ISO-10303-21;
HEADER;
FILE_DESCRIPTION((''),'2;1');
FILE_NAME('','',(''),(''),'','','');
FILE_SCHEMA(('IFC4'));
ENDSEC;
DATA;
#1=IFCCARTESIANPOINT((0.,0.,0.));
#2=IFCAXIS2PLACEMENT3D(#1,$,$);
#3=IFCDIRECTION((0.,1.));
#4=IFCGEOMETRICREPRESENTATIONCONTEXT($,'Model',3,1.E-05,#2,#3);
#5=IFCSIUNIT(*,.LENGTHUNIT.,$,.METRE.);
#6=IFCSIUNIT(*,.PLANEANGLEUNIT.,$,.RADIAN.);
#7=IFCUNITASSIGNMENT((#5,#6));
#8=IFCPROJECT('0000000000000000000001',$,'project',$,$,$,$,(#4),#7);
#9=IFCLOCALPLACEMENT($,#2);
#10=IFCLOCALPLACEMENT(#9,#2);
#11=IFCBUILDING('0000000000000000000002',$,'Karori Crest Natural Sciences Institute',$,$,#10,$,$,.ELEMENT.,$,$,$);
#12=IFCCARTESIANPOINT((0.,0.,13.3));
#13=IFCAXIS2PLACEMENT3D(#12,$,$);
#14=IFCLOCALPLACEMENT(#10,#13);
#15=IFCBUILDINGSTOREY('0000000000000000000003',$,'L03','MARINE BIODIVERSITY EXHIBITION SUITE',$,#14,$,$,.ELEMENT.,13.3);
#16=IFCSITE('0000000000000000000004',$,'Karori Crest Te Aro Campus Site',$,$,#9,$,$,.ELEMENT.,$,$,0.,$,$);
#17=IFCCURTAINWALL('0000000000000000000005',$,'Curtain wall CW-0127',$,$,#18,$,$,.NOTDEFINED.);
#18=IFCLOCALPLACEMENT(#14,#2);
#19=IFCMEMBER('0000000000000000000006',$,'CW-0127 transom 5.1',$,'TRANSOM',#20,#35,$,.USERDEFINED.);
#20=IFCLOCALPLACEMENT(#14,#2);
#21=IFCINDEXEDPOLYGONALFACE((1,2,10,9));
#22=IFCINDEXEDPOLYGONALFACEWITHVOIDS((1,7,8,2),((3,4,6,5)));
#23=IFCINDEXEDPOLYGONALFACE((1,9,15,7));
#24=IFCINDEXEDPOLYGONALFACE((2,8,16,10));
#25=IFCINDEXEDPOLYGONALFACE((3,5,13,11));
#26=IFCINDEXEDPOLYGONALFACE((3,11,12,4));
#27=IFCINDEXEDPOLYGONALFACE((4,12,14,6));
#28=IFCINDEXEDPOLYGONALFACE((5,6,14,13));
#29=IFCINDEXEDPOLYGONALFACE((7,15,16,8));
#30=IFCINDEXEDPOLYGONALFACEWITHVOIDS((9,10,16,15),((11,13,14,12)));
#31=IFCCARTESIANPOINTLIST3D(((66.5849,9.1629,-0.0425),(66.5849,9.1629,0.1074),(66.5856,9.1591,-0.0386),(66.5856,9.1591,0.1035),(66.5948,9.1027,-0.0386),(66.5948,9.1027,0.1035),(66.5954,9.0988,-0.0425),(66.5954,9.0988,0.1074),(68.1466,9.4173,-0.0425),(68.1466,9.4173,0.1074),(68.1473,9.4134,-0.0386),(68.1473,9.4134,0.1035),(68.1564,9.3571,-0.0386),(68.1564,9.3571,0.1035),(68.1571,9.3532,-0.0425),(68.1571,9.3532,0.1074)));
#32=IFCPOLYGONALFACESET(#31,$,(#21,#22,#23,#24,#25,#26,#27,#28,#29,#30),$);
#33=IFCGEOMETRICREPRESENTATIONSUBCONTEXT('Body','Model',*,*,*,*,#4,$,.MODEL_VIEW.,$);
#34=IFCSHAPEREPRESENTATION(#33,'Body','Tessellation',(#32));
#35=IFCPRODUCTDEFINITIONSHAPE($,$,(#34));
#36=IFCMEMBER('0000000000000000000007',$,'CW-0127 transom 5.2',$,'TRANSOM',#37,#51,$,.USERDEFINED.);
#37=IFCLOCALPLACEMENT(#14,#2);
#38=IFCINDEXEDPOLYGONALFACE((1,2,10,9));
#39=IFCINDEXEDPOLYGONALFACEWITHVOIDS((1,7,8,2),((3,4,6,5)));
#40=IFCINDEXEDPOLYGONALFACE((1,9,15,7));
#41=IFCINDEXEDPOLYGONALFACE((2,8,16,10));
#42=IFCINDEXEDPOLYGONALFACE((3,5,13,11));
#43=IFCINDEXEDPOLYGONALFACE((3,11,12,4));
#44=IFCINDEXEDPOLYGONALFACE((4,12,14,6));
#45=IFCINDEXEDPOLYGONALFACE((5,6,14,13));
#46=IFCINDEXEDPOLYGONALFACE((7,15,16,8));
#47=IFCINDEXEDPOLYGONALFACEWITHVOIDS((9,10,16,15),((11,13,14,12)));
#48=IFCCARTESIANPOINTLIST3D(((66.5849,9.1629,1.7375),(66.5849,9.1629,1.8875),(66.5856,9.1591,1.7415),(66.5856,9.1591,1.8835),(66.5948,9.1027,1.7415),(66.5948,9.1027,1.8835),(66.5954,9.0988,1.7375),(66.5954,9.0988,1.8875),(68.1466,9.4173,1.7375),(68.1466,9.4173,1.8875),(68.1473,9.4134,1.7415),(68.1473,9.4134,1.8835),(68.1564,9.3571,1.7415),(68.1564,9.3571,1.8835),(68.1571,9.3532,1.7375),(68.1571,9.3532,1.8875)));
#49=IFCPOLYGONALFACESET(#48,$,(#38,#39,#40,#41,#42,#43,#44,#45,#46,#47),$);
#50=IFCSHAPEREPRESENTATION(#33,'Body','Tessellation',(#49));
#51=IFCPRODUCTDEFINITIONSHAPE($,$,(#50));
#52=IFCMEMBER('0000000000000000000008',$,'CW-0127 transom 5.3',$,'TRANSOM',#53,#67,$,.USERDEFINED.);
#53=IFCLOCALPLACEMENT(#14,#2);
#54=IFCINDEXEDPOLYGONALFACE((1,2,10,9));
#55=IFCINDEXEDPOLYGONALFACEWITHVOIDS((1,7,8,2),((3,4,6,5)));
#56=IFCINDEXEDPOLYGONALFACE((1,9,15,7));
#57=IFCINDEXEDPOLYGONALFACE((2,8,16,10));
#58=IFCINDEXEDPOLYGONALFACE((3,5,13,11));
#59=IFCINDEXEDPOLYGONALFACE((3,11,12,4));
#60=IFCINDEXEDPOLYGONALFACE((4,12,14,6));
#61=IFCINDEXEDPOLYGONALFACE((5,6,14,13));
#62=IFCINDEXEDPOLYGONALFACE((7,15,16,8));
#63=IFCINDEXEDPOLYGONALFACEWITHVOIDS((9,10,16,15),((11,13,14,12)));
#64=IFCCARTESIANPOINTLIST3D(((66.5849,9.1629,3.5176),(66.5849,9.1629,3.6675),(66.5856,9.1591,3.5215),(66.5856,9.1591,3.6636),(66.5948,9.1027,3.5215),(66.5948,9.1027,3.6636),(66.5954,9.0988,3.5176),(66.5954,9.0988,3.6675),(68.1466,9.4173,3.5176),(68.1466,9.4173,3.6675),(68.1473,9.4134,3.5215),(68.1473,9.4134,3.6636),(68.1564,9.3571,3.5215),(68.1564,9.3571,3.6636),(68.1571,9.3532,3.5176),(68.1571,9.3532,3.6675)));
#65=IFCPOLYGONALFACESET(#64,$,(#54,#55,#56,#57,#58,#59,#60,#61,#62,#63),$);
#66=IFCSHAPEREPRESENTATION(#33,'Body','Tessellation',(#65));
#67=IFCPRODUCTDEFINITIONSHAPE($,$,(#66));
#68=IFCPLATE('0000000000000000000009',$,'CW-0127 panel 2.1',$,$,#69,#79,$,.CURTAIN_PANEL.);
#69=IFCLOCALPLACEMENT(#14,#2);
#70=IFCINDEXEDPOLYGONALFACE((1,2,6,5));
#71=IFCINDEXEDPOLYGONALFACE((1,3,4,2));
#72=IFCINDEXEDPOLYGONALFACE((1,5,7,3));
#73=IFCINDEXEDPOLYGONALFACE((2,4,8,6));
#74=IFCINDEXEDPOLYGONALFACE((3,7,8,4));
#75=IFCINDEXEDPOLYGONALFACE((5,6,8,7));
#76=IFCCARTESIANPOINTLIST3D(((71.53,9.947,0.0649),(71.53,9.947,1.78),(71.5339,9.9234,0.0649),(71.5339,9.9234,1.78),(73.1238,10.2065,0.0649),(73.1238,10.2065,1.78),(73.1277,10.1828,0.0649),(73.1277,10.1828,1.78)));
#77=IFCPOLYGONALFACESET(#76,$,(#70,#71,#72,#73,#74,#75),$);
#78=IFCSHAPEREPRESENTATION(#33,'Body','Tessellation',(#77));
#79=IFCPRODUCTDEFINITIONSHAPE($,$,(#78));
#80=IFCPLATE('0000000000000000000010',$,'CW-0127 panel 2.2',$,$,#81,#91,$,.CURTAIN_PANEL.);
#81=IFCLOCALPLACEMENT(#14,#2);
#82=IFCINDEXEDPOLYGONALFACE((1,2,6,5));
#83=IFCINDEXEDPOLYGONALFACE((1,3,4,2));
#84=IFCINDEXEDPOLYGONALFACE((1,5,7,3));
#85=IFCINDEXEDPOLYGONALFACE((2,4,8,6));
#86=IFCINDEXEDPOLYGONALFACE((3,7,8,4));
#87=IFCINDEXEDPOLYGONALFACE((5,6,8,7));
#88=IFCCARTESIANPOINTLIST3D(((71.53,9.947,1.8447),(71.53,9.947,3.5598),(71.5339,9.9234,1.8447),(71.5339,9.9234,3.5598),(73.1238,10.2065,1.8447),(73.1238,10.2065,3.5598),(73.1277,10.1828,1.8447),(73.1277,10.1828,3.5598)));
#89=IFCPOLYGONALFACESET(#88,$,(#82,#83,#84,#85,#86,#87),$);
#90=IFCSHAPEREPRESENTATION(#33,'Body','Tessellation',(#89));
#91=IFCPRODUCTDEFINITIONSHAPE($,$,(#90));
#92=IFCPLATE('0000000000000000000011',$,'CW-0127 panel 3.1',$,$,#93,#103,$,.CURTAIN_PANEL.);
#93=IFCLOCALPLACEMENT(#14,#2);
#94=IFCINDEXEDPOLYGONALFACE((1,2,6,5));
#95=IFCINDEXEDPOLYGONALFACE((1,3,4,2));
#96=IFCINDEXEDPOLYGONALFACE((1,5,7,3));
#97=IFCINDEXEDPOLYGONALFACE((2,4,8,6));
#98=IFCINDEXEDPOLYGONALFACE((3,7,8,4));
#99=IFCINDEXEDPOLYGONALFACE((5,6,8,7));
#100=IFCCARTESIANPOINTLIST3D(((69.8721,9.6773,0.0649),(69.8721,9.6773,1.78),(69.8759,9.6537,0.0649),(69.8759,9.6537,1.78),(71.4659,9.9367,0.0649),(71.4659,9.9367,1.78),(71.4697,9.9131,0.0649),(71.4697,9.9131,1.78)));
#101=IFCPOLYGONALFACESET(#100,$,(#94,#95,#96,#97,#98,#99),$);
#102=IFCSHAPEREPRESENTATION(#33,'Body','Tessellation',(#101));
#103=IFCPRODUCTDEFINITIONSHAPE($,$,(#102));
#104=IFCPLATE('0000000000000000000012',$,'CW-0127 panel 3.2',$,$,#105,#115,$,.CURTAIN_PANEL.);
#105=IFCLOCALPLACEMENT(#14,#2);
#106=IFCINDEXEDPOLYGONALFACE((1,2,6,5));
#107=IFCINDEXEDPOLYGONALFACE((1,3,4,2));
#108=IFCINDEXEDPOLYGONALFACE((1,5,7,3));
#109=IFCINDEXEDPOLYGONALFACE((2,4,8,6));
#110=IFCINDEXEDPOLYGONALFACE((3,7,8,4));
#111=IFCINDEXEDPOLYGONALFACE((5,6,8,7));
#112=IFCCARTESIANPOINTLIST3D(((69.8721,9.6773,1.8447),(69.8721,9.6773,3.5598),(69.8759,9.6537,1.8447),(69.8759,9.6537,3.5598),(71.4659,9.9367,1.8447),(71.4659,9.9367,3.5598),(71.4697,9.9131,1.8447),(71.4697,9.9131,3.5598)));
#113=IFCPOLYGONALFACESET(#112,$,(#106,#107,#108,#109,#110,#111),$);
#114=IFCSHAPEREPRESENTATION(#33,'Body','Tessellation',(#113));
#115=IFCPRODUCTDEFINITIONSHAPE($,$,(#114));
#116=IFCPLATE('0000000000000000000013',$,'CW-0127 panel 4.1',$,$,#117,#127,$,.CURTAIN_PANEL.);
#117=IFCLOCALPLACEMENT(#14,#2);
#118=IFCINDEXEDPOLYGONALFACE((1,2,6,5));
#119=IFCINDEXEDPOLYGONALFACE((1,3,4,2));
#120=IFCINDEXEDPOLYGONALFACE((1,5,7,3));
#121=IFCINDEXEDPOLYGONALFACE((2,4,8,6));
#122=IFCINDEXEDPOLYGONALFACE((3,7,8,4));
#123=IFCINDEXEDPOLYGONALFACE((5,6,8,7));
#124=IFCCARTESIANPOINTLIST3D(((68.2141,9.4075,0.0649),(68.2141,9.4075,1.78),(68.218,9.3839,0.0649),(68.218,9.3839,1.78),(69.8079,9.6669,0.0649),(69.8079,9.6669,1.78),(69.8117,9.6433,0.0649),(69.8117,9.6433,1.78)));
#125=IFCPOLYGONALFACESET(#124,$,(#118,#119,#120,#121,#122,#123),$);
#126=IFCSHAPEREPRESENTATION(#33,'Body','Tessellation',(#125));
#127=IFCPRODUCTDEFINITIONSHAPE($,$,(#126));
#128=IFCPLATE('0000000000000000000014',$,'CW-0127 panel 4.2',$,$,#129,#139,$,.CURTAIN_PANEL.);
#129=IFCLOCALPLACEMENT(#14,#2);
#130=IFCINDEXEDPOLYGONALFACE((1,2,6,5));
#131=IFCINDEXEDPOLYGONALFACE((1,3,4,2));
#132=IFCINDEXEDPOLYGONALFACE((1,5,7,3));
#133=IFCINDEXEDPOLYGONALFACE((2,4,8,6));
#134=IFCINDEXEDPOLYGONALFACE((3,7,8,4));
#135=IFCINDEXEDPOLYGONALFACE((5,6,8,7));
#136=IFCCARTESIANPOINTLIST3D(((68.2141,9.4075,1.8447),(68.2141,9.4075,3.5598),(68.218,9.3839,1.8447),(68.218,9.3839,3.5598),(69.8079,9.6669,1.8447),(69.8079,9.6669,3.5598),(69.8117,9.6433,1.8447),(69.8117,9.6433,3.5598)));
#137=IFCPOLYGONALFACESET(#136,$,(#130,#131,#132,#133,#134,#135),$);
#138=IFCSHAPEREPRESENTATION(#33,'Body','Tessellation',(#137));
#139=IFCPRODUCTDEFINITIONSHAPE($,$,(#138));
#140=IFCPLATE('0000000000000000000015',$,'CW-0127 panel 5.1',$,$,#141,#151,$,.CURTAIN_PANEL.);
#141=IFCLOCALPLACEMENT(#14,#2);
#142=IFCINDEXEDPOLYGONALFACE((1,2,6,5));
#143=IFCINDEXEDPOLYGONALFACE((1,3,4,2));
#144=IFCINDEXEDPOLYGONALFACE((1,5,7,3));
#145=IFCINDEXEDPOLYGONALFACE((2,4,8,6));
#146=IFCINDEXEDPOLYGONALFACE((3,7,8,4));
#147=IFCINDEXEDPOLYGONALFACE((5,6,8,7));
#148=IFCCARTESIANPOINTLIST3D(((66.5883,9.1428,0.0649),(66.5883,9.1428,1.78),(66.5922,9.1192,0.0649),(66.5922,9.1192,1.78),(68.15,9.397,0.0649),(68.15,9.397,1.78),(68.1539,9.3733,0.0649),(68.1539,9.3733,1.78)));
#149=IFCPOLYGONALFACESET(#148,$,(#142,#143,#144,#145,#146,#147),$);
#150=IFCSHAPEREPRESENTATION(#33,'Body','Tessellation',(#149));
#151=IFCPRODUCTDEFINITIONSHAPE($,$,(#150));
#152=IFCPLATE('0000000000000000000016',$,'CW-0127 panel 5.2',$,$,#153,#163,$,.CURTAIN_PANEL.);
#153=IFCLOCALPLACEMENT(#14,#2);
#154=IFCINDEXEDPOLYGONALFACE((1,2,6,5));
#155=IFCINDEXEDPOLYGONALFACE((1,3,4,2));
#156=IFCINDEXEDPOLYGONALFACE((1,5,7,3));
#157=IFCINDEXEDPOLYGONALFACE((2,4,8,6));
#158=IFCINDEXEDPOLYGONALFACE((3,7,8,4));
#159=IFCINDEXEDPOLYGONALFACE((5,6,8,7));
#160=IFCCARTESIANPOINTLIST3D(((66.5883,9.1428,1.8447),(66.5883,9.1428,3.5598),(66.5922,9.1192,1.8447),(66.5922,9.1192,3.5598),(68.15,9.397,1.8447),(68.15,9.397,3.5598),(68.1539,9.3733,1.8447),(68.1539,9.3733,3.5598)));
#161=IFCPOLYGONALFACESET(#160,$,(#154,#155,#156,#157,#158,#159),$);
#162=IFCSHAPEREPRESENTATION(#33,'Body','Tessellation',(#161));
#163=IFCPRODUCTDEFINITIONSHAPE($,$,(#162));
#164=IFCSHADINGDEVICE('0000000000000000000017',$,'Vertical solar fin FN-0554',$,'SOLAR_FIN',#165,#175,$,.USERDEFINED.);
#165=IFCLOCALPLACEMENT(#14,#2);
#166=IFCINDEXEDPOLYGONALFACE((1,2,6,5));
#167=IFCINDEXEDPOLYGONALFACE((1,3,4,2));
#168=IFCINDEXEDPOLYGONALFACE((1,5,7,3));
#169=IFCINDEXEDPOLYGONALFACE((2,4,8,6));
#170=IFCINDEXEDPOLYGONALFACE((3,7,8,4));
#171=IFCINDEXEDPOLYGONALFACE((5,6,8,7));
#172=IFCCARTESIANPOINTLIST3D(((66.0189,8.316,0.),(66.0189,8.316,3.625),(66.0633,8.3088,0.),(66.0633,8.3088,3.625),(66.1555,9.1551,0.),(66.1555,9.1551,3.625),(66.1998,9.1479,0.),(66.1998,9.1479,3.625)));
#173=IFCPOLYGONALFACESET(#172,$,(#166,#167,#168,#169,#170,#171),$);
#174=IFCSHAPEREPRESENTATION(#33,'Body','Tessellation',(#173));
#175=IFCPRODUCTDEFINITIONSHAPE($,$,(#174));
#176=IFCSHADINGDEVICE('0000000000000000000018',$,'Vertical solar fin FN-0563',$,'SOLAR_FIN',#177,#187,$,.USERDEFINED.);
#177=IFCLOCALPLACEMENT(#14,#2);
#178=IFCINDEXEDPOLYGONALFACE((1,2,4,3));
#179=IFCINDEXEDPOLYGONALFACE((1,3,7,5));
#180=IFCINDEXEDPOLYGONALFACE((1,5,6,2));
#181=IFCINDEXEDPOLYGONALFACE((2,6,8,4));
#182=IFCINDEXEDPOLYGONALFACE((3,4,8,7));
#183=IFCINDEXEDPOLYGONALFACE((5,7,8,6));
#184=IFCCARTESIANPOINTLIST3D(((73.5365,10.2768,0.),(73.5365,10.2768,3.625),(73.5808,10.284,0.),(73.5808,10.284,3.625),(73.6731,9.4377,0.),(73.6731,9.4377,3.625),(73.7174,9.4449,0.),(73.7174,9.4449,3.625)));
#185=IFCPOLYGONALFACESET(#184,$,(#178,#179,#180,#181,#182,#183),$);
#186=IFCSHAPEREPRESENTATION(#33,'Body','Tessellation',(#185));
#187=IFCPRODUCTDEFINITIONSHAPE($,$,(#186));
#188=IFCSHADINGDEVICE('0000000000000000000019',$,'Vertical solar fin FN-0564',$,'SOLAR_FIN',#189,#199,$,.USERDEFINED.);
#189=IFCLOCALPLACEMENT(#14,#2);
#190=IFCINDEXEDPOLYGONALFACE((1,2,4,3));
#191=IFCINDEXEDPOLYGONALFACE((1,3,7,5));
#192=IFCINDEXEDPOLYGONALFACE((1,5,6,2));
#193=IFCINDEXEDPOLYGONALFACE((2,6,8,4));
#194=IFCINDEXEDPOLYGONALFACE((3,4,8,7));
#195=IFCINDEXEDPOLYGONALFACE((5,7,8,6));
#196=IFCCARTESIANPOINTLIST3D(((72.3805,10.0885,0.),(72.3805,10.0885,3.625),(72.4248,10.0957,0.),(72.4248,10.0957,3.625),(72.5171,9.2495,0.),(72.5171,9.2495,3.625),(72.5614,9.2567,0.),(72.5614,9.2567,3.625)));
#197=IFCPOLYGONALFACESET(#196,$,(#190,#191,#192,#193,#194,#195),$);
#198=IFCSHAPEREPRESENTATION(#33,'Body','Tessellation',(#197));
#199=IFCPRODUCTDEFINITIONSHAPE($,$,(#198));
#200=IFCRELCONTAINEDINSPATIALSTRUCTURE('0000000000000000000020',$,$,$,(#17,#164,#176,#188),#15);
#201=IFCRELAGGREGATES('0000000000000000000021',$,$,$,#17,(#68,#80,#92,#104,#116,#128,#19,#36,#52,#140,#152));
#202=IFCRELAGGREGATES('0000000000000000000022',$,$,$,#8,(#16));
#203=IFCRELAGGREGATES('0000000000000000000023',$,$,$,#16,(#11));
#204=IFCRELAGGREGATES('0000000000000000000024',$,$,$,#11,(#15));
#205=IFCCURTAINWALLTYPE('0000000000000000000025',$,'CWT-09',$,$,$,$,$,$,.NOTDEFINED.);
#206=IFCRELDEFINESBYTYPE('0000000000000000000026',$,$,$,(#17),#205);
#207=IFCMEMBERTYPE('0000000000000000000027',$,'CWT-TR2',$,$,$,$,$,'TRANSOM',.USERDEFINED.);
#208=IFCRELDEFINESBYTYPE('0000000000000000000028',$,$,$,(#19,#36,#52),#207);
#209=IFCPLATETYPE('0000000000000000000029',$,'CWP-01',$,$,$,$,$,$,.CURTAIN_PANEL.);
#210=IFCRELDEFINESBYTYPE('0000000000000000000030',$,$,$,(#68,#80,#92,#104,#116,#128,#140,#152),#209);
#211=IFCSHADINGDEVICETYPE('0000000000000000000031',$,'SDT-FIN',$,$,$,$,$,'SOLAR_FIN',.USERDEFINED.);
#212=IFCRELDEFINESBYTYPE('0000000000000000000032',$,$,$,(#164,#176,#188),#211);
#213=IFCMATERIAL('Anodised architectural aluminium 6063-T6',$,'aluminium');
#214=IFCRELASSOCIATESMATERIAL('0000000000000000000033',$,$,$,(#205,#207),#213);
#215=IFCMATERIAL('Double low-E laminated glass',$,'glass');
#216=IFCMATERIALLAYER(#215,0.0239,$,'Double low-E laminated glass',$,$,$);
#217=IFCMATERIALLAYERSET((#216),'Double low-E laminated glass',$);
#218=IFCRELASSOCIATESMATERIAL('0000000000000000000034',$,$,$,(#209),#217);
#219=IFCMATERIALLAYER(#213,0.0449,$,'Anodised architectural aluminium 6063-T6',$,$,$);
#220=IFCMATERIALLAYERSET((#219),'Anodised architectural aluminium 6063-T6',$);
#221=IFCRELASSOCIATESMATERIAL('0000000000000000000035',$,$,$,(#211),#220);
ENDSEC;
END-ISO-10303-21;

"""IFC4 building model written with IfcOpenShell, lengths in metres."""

from ifc_helpers import new_model, si_unit, direction, frame, origin, origin_2d, place, context, subcontext, project, spatial, rectangle, hollow_rectangle, extrude, material, layer, layer_set, material_profile, profile_set, type_object, element, aggregate, save


model = new_model("IFC4")

# Units and contexts
model_context = context("Model", 3, precision=1e-05, world=origin(), true_north=direction((0.0, 1.0)))
body_context = subcontext(model_context, "Body", "Model", "MODEL_VIEW")
ifc_project = project(units=[si_unit("LENGTHUNIT", "METRE"), si_unit("PLANEANGLEUNIT", "RADIAN")], contexts=[model_context])

# Site, building, storey
site_placement = place(None, origin())
site = spatial("IfcSite", under=ifc_project, at=site_placement, Name="Karori Crest Te Aro Campus Site", CompositionType="ELEMENT", RefElevation=0.0)
building_placement = place(site_placement, origin())
building = spatial("IfcBuilding", under=site, at=building_placement, Name="Karori Crest Natural Sciences Institute", CompositionType="ELEMENT")
storey_placement = place(building_placement, frame((0.0, 0.0, 13.3)))
storey = spatial("IfcBuildingStorey", under=building, at=storey_placement, Name="L03", Description="MARINE BIODIVERSITY EXHIBITION SUITE", CompositionType="ELEMENT", Elevation=13.3)

# Shared definitions
ifc_material_1 = material(Name="Anodised architectural aluminium 6063-T6", Category="aluminium")

# Curtain wall
curtain_wall_type_1 = type_object("IfcCurtainWallType", Name="CWT-09", PredefinedType="NOTDEFINED", material=ifc_material_1)
curtain_wall_1_placement = place(storey_placement, origin())
curtain_wall_1 = element("IfcCurtainWall", 1, at=curtain_wall_1_placement, inside=storey, type_object=curtain_wall_type_1, Name="Curtain wall CW-0127", PredefinedType="NOTDEFINED")

# Members
ifc_material_profile_1 = material_profile(ifc_material_1, hollow_rectangle(XDim=0.0649, YDim=0.1499, WallThickness=0.0039, at=origin_2d()), Name="CWT150x65x4")
ifc_profile_set_1 = profile_set([ifc_material_profile_1], Name="Anodised architectural aluminium 6063-T6")
member_type_1 = type_object("IfcMemberType", Name="CWT-TR2", ElementType="TRANSOM", PredefinedType="USERDEFINED", material=ifc_profile_set_1)
member_1_placement = place(storey_placement, frame((68.1519, 9.3853, 0.0325), z_axis=(-0.986992, -0.16077, 0.0), x_axis=(0.16077, -0.986992, 0.0)))
member_1 = element("IfcMember", 2, at=member_1_placement, type_object=member_type_1, Name="CW-0127 transom 5.1", ObjectType="TRANSOM", PredefinedType="USERDEFINED", context=body_context, shape_type="SweptSolid", body=[
    extrude(hollow_rectangle(XDim=0.0649, YDim=0.1499, WallThickness=0.0039, at=origin_2d()), origin(), (0.0, 0.0, 1.0), 1.5823),
])
member_2_placement = place(storey_placement, frame((68.1519, 9.3853, 1.8125), z_axis=(-0.986992, -0.16077, 0.0), x_axis=(0.16077, -0.986992, 0.0)))
member_2 = element("IfcMember", 3, at=member_2_placement, type_object=member_type_1, Name="CW-0127 transom 5.2", ObjectType="TRANSOM", PredefinedType="USERDEFINED", context=body_context, shape_type="SweptSolid", body=[
    extrude(hollow_rectangle(XDim=0.0649, YDim=0.1499, WallThickness=0.0039, at=origin_2d()), origin(), (0.0, 0.0, 1.0), 1.5823),
])
member_3_placement = place(storey_placement, frame((68.1519, 9.3853, 3.5925), z_axis=(-0.986992, -0.16077, 0.0), x_axis=(0.16077, -0.986992, 0.0)))
member_3 = element("IfcMember", 4, at=member_3_placement, type_object=member_type_1, Name="CW-0127 transom 5.3", ObjectType="TRANSOM", PredefinedType="USERDEFINED", context=body_context, shape_type="SweptSolid", body=[
    extrude(hollow_rectangle(XDim=0.0649, YDim=0.1499, WallThickness=0.0039, at=origin_2d()), origin(), (0.0, 0.0, 1.0), 1.5823),
])

# Plates
ifc_material_2 = material(Name="Double low-E laminated glass", Category="glass")
ifc_layer_1 = layer(ifc_material_2, 0.0239, Name="Double low-E laminated glass")
ifc_layer_set_1 = layer_set([ifc_layer_1], Name="Double low-E laminated glass")
plate_type = type_object("IfcPlateType", Name="CWP-01", PredefinedType="CURTAIN_PANEL", material=ifc_layer_set_1)
plate_1_placement = place(storey_placement, frame((72.3289, 10.0649, 0.0649), z_axis=(0.0, 0.0, 1.0), x_axis=(-0.987011, -0.16065, 0.0)))
plate_1 = element("IfcPlate", 5, at=plate_1_placement, type_object=plate_type, Name="CW-0127 panel 2.1", PredefinedType="CURTAIN_PANEL", context=body_context, shape_type="SweptSolid", body=[
    extrude(rectangle(XDim=1.6147, YDim=0.0239, at=origin_2d()), origin(), (0.0, 0.0, 1.0), 1.7151),
])
plate_2_placement = place(storey_placement, frame((72.3289, 10.0649, 1.8447), z_axis=(0.0, 0.0, 1.0), x_axis=(-0.987011, -0.16065, 0.0)))
plate_2 = element("IfcPlate", 6, at=plate_2_placement, type_object=plate_type, Name="CW-0127 panel 2.2", PredefinedType="CURTAIN_PANEL", context=body_context, shape_type="SweptSolid", body=[
    extrude(rectangle(XDim=1.6147, YDim=0.0239, at=origin_2d()), origin(), (0.0, 0.0, 1.0), 1.7151),
])
plate_3_placement = place(storey_placement, frame((70.6709, 9.7952, 0.0649), z_axis=(0.0, 0.0, 1.0), x_axis=(-0.987011, -0.16065, 0.0)))
plate_3 = element("IfcPlate", 7, at=plate_3_placement, type_object=plate_type, Name="CW-0127 panel 3.1", PredefinedType="CURTAIN_PANEL", context=body_context, shape_type="SweptSolid", body=[
    extrude(rectangle(XDim=1.6147, YDim=0.0239, at=origin_2d()), origin(), (0.0, 0.0, 1.0), 1.7151),
])
plate_4_placement = place(storey_placement, frame((70.6709, 9.7952, 1.8447), z_axis=(0.0, 0.0, 1.0), x_axis=(-0.987011, -0.16065, 0.0)))
plate_4 = element("IfcPlate", 8, at=plate_4_placement, type_object=plate_type, Name="CW-0127 panel 3.2", PredefinedType="CURTAIN_PANEL", context=body_context, shape_type="SweptSolid", body=[
    extrude(rectangle(XDim=1.6147, YDim=0.0239, at=origin_2d()), origin(), (0.0, 0.0, 1.0), 1.7151),
])
plate_5_placement = place(storey_placement, frame((69.0129, 9.5254, 0.0649), z_axis=(0.0, 0.0, 1.0), x_axis=(-0.987011, -0.16065, 0.0)))
plate_5 = element("IfcPlate", 9, at=plate_5_placement, type_object=plate_type, Name="CW-0127 panel 4.1", PredefinedType="CURTAIN_PANEL", context=body_context, shape_type="SweptSolid", body=[
    extrude(rectangle(XDim=1.6147, YDim=0.0239, at=origin_2d()), origin(), (0.0, 0.0, 1.0), 1.7151),
])
plate_6_placement = place(storey_placement, frame((69.0129, 9.5254, 1.8447), z_axis=(0.0, 0.0, 1.0), x_axis=(-0.987011, -0.16065, 0.0)))
plate_6 = element("IfcPlate", 10, at=plate_6_placement, type_object=plate_type, Name="CW-0127 panel 4.2", PredefinedType="CURTAIN_PANEL", context=body_context, shape_type="SweptSolid", body=[
    extrude(rectangle(XDim=1.6147, YDim=0.0239, at=origin_2d()), origin(), (0.0, 0.0, 1.0), 1.7151),
])
plate_7_placement = place(storey_placement, frame((67.3711, 9.2581, 0.0649), z_axis=(0.0, 0.0, 1.0), x_axis=(-0.987011, -0.16065, 0.0)))
plate_7 = element("IfcPlate", 11, at=plate_7_placement, type_object=plate_type, Name="CW-0127 panel 5.1", PredefinedType="CURTAIN_PANEL", context=body_context, shape_type="SweptSolid", body=[
    extrude(rectangle(XDim=1.5823, YDim=0.0239, at=origin_2d()), origin(), (0.0, 0.0, 1.0), 1.7151),
])
plate_8_placement = place(storey_placement, frame((67.3711, 9.2581, 1.8447), z_axis=(0.0, 0.0, 1.0), x_axis=(-0.987011, -0.16065, 0.0)))
plate_8 = element("IfcPlate", 12, at=plate_8_placement, type_object=plate_type, Name="CW-0127 panel 5.2", PredefinedType="CURTAIN_PANEL", context=body_context, shape_type="SweptSolid", body=[
    extrude(rectangle(XDim=1.5823, YDim=0.0239, at=origin_2d()), origin(), (0.0, 0.0, 1.0), 1.7151),
])
aggregate(curtain_wall_1, [plate_1, plate_2, plate_3, plate_4, plate_5, plate_6, member_1, member_2, member_3, plate_7, plate_8])

# Shading devices
ifc_layer_2 = layer(ifc_material_1, 0.0449, Name="Anodised architectural aluminium 6063-T6")
ifc_layer_set_2 = layer_set([ifc_layer_2], Name="Anodised architectural aluminium 6063-T6")
shading_device_type = type_object("IfcShadingDeviceType", Name="SDT-FIN", ElementType="SOLAR_FIN", PredefinedType="USERDEFINED", material=ifc_layer_set_2)
for number, where, z_axis, x_axis, name in (
    (13, (66.1094, 8.7319, 0.0), (0.0, 0.0, 1.0), (-0.160655, -0.987011, 0.0), "Vertical solar fin FN-0554"),
    (14, (73.627, 9.8608, 0.0), (0.0, 0.0, 1.0), (0.16065, -0.987012, 0.0), "Vertical solar fin FN-0563"),
    (15, (72.4709, 9.6726, 0.0), (0.0, 0.0, 1.0), (0.16065, -0.987012, 0.0), "Vertical solar fin FN-0564"),
):
    element("IfcShadingDevice", number, at=place(storey_placement, frame(where, z_axis=z_axis, x_axis=x_axis)), inside=storey, type_object=shading_device_type, Name=name, ObjectType="SOLAR_FIN", PredefinedType="USERDEFINED", context=body_context, shape_type="SweptSolid", body=[
        extrude(rectangle(XDim=0.8501, YDim=0.0449, at=origin_2d()), origin(), (0.0, 0.0, 1.0), 3.625),
    ])

save(model, "model.ifc")
